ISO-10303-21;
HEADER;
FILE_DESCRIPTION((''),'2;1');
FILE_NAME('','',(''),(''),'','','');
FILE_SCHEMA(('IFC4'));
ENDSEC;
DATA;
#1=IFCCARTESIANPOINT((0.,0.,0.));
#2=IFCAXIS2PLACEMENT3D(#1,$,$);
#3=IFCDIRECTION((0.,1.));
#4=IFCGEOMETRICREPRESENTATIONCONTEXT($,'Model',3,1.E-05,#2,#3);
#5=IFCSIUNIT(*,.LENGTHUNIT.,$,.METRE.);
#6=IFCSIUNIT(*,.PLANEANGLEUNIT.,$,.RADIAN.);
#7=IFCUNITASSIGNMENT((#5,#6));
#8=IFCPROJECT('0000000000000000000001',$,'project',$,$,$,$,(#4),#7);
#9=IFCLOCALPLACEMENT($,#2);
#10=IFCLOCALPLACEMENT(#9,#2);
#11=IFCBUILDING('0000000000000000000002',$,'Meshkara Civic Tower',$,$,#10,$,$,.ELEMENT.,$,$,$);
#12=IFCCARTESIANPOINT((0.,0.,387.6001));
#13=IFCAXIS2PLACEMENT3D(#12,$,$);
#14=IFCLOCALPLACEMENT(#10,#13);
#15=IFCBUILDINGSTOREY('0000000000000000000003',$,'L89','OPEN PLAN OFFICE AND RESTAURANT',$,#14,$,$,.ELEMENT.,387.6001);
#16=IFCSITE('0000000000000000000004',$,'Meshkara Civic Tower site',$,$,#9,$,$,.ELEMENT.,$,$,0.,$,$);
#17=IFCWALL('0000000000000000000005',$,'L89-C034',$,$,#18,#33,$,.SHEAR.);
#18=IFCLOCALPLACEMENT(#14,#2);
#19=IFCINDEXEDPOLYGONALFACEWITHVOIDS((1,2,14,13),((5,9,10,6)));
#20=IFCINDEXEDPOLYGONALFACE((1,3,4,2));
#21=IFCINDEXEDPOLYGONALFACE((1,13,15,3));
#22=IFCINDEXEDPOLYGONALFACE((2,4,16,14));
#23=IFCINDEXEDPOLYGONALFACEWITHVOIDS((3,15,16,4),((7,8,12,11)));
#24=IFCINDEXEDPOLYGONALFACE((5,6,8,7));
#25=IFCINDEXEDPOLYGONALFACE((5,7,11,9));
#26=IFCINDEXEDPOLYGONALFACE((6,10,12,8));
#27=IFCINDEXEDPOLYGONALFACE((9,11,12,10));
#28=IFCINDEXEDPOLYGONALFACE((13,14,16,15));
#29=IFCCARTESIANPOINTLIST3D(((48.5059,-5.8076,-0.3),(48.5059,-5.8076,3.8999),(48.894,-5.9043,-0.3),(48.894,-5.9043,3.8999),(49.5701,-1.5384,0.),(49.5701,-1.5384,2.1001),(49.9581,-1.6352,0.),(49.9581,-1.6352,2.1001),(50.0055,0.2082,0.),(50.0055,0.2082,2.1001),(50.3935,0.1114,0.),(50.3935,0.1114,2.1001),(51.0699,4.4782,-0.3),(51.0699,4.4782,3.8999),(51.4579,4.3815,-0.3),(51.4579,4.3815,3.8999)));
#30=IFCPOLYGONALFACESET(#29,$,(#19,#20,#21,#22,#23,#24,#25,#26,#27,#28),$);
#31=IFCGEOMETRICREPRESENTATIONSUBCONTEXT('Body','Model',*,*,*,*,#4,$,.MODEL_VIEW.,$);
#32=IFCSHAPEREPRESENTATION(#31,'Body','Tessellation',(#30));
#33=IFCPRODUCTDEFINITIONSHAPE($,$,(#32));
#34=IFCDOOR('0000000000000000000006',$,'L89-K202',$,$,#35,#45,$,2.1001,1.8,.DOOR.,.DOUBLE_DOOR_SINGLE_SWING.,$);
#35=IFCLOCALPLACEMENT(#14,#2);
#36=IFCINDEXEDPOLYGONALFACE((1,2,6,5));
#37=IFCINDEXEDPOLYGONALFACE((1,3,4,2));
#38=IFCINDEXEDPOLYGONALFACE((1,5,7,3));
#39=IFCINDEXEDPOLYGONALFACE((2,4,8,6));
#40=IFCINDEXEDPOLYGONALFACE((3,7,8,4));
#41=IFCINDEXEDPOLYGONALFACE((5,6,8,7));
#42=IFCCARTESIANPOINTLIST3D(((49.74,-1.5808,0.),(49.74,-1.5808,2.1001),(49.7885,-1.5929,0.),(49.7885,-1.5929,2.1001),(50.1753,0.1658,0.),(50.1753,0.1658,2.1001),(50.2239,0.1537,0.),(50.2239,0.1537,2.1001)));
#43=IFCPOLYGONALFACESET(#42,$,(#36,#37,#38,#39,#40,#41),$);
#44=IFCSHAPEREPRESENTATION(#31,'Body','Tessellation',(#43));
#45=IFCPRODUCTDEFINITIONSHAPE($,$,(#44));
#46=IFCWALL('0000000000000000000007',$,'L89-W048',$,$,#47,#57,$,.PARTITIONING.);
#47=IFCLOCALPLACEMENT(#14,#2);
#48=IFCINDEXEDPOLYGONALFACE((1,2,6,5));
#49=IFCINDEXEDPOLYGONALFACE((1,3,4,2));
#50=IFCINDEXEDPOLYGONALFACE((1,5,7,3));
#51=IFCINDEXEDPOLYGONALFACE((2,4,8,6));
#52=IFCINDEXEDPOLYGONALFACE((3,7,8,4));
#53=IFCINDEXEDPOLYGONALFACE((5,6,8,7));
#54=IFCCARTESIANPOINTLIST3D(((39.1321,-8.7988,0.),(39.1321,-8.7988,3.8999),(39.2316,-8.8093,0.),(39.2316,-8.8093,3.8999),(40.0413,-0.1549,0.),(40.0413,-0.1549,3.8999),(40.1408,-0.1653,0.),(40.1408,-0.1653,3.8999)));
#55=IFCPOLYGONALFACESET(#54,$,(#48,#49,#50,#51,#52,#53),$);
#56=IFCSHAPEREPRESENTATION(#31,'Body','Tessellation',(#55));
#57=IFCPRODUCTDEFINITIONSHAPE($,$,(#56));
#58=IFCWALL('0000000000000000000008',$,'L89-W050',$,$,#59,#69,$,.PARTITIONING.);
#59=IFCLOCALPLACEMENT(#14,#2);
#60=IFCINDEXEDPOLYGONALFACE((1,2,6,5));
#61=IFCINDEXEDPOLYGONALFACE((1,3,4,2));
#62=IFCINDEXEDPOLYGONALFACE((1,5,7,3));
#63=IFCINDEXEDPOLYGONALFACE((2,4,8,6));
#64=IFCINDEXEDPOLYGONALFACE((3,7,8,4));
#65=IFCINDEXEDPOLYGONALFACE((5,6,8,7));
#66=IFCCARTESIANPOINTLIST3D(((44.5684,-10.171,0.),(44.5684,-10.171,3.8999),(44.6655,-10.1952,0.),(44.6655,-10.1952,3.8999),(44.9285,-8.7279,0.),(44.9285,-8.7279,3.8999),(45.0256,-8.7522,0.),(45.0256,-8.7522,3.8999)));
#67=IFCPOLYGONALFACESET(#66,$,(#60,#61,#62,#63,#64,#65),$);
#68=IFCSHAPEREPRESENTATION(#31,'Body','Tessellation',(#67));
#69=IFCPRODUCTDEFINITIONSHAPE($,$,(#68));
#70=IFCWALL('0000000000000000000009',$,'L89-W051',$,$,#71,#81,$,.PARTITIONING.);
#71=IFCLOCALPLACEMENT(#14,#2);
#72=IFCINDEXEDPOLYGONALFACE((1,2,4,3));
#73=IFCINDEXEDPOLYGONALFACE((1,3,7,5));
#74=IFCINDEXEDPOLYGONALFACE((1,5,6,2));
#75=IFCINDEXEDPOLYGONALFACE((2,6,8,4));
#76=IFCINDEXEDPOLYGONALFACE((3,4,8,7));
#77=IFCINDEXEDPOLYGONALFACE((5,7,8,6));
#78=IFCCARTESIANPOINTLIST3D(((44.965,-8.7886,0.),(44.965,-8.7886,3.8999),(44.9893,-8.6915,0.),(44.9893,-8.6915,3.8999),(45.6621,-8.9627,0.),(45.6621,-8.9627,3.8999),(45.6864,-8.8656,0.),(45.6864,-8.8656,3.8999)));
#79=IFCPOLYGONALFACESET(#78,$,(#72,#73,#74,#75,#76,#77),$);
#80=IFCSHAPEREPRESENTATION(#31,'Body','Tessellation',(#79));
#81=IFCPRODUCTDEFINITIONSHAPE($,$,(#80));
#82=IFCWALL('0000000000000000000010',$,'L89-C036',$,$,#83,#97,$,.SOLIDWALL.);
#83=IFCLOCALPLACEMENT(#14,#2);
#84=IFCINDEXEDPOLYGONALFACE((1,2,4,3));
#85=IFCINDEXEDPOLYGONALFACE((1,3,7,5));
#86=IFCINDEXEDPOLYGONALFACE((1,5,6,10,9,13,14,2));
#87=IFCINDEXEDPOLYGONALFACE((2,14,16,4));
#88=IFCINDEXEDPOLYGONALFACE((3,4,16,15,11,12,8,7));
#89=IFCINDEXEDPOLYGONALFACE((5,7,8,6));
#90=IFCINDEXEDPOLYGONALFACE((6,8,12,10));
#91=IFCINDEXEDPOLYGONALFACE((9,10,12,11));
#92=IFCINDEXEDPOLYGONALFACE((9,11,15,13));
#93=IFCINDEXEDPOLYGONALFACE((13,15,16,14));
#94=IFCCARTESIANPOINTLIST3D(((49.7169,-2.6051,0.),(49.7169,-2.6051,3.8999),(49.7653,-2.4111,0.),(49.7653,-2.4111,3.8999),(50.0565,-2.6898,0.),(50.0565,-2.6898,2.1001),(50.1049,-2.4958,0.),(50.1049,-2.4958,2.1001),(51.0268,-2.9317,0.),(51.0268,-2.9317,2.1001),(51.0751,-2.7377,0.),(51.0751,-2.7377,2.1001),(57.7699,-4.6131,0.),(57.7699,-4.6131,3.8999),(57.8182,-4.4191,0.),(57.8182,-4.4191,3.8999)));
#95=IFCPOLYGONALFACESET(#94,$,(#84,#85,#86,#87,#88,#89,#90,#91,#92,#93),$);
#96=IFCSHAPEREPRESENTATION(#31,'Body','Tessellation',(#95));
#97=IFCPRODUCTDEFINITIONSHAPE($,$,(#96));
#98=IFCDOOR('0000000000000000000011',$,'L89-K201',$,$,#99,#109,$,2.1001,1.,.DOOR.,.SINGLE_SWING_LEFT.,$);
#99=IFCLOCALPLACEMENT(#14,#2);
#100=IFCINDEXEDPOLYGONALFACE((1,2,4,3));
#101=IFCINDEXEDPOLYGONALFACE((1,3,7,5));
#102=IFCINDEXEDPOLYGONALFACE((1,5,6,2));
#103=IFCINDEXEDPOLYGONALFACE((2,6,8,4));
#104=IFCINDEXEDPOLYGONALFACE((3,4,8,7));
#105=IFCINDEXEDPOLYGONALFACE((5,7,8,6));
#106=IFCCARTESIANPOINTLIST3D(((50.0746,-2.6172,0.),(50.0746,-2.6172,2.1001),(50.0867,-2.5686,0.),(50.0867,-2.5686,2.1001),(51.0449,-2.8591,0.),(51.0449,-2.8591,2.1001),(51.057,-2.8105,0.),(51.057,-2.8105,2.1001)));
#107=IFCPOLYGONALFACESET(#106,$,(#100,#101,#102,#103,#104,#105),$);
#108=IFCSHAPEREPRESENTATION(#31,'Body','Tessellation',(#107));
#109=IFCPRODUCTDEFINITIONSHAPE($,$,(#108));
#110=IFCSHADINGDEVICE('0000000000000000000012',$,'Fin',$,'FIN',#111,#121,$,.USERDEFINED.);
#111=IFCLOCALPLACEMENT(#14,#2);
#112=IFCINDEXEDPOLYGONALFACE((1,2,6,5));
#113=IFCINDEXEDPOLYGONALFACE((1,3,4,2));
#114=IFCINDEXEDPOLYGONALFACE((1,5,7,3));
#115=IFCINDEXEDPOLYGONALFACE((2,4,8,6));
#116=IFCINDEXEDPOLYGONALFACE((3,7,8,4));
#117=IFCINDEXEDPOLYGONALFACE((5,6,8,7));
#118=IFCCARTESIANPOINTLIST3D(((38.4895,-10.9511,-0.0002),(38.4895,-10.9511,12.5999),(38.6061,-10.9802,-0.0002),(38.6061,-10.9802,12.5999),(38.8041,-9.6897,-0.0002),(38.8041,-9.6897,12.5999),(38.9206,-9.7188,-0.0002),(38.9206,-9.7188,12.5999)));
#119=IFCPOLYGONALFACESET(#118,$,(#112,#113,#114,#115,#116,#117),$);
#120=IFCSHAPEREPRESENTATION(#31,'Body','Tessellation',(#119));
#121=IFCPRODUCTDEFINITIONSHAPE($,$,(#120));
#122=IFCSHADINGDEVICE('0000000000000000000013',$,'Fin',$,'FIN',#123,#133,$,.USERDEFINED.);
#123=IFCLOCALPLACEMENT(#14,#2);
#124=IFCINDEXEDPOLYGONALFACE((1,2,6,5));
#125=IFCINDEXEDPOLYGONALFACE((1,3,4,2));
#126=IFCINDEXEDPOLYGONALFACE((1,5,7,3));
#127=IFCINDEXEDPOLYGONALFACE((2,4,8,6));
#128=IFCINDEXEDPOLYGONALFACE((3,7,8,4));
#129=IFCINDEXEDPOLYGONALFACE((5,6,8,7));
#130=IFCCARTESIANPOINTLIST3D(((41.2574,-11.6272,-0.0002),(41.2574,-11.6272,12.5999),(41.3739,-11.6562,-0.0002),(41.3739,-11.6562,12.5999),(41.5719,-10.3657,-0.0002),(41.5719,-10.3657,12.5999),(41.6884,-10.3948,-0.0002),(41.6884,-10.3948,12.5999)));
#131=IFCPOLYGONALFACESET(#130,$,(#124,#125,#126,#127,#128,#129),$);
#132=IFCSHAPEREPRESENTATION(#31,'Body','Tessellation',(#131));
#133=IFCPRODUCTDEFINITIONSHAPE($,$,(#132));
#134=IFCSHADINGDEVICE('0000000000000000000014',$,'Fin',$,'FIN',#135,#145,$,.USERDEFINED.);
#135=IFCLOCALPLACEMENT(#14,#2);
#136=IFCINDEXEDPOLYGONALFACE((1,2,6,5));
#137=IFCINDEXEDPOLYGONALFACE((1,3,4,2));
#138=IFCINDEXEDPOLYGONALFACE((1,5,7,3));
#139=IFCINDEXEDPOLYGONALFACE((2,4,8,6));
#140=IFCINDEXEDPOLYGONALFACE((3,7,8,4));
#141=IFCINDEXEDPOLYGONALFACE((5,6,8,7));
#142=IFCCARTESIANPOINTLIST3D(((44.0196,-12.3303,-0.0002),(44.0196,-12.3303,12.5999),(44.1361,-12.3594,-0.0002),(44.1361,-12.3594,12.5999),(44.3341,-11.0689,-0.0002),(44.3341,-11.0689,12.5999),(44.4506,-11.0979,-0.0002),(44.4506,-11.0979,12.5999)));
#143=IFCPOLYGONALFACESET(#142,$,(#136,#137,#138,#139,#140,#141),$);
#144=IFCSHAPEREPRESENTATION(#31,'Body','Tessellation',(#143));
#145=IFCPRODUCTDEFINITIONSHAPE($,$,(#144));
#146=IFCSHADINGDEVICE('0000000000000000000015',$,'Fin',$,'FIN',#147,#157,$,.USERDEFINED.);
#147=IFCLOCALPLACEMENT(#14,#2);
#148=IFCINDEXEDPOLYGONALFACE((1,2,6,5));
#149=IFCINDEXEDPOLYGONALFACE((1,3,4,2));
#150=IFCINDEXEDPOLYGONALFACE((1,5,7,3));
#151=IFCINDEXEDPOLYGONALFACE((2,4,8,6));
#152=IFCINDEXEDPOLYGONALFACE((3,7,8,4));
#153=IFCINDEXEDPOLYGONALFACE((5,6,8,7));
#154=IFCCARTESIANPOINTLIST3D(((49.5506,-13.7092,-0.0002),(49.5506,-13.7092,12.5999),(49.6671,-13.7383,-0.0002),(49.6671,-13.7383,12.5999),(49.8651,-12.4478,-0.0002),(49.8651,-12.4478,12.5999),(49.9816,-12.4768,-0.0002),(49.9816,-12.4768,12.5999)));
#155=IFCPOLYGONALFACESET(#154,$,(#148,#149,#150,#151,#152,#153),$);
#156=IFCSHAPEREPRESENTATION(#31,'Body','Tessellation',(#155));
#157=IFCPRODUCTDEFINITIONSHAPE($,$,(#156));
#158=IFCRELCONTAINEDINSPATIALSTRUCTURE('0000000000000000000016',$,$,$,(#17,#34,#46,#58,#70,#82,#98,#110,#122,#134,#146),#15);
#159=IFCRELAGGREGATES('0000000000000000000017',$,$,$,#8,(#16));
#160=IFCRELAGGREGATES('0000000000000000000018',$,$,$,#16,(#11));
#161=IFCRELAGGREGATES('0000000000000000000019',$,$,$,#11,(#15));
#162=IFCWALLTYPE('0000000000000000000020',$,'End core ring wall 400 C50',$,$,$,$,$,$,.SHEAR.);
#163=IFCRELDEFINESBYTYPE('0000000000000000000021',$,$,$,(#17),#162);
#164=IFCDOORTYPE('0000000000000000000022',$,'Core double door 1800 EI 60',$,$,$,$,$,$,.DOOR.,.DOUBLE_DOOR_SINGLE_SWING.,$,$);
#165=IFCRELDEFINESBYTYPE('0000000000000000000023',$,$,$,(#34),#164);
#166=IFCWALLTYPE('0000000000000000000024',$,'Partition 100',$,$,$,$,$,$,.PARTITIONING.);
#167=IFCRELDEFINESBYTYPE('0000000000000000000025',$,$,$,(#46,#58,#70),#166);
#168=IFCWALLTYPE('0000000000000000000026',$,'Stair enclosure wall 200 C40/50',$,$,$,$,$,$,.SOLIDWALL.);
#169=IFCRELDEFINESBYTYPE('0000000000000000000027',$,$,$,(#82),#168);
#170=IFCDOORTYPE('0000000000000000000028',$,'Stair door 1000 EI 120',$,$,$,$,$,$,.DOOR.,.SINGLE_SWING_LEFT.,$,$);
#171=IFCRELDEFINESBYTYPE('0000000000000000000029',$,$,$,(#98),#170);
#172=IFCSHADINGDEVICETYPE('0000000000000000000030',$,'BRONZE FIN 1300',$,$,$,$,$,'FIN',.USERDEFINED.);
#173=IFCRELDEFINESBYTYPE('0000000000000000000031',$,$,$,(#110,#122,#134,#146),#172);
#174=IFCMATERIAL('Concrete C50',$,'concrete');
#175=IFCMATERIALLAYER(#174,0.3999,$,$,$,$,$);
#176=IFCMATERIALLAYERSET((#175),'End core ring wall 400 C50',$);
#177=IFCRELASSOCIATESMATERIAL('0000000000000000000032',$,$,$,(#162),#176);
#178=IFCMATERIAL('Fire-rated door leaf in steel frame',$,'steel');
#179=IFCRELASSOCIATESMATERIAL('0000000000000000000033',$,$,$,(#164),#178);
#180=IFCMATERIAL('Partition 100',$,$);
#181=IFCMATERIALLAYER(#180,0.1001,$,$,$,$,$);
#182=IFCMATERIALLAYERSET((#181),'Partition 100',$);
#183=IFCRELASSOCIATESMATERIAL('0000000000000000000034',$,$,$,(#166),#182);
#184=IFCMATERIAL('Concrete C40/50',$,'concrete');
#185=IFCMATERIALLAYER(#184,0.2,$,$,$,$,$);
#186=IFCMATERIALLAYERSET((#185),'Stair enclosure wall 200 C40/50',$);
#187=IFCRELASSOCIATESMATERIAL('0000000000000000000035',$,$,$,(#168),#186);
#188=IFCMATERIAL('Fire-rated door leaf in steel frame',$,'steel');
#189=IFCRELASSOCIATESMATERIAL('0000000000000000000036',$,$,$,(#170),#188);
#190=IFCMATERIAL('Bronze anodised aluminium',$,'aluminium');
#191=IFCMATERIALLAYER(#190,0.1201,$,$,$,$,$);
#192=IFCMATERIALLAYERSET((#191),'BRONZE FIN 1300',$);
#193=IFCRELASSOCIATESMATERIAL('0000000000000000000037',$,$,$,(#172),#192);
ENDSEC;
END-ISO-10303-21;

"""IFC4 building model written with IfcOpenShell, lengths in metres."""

from ifc_helpers import new_model, si_unit, direction, frame, frame_2d, origin, origin_2d, place, context, subcontext, project, spatial, rectangle, extrude, material, layer, layer_set, type_object, element, fill, save


model = new_model("IFC4")

# Units and contexts
model_context = context("Model", 3, precision=1e-05, world=origin(), true_north=direction((0.0, 1.0)))
body_context = subcontext(model_context, "Body", "Model", "MODEL_VIEW")
ifc_project = project(units=[si_unit("LENGTHUNIT", "METRE"), si_unit("PLANEANGLEUNIT", "RADIAN")], contexts=[model_context])

# Site, building, storey
site_placement = place(None, origin())
site = spatial("IfcSite", under=ifc_project, at=site_placement, Name="Meshkara Civic Tower site", CompositionType="ELEMENT", RefElevation=0.0)
building_placement = place(site_placement, origin())
building = spatial("IfcBuilding", under=site, at=building_placement, Name="Meshkara Civic Tower", CompositionType="ELEMENT")
storey_placement = place(building_placement, frame((0.0, 0.0, 387.6001)))
storey = spatial("IfcBuildingStorey", under=building, at=storey_placement, Name="L89", Description="OPEN PLAN OFFICE AND RESTAURANT", CompositionType="ELEMENT", Elevation=387.6001)

# Shared definitions
ifc_material_1 = material(Name="Concrete C50", Category="concrete")
ifc_layer_1 = layer(ifc_material_1, 0.3999)
ifc_layer_set_1 = layer_set([ifc_layer_1], Name="End core ring wall 400 C50")
wall_type_1 = type_object("IfcWallType", Name="End core ring wall 400 C50", PredefinedType="SHEAR", material=ifc_layer_set_1)

# Wall, opening, door
wall_1_placement = place(storey_placement, frame((48.7, -5.856, -0.3), z_axis=(0.0, 0.0, 1.0), x_axis=(0.241869, 0.970309, 0.0)))
wall_1 = element("IfcWall", 1, at=wall_1_placement, inside=storey, type_object=wall_type_1, Name="L89-C034", PredefinedType="SHEAR", context=body_context, shape_type="SweptSolid", body=[
    extrude(rectangle(XDim=10.6006, YDim=0.3999, at=frame_2d((5.3003, 0.0))), origin(), (0.0, 0.0, 1.0), 4.2),
])
opening_1_placement = place(wall_1_placement, frame((4.3999, 0.0, 0.3)))
opening_1 = element("IfcOpeningElement", 2, at=opening_1_placement, cuts=wall_1, PredefinedType="OPENING", context=body_context, shape_type="SweptSolid", body=[
    extrude(rectangle(XDim=1.8, YDim=2.1001, at=frame_2d((0.8999, 1.05))), frame((0.0, 0.21, 0.0), z_axis=(0.0, -1.0, 0.0), x_axis=(1.0, 0.0, 0.0)), (0.0, 0.0, 1.0), 0.4199),
])
ifc_material_2 = material(Name="Fire-rated door leaf in steel frame", Category="steel")
door_type_1 = type_object("IfcDoorType", Name="Core double door 1800 EI 60", OperationType="DOUBLE_DOOR_SINGLE_SWING", PredefinedType="DOOR", material=ifc_material_2)
door_1_placement = place(opening_1_placement, origin())
door_1 = element("IfcDoor", 3, at=door_1_placement, inside=storey, type_object=door_type_1, Name="L89-K202", OperationType="DOUBLE_DOOR_SINGLE_SWING", OverallHeight=2.1001, OverallWidth=1.8, PredefinedType="DOOR", context=body_context, shape_type="SweptSolid", body=[
    extrude(rectangle(XDim=1.8, YDim=2.1001, at=frame_2d((0.8999, 1.05))), frame((0.0, 0.0249, 0.0), z_axis=(0.0, -1.0, 0.0), x_axis=(1.0, 0.0, 0.0)), (0.0, 0.0, 1.0), 0.05),
])
fill(opening_1, door_1)

# Walls
ifc_material_3 = material(Name="Partition 100")
ifc_layer_2 = layer(ifc_material_3, 0.1001)
ifc_layer_set_2 = layer_set([ifc_layer_2], Name="Partition 100")
wall_type_2 = type_object("IfcWallType", Name="Partition 100", PredefinedType="PARTITIONING", material=ifc_layer_set_2)
wall_2_placement = place(storey_placement, frame((39.1819, -8.804, 0.0), z_axis=(0.0, 0.0, 1.0), x_axis=(0.104603, 0.994514, 0.0)))
element("IfcWall", 4, at=wall_2_placement, inside=storey, type_object=wall_type_2, Name="L89-W048", PredefinedType="PARTITIONING", context=body_context, shape_type="SweptSolid", body=[
    extrude(rectangle(XDim=8.6917, YDim=0.1001, at=frame_2d((4.3457, 0.0))), origin(), (0.0, 0.0, 1.0), 3.8999),
])
wall_3_placement = place(storey_placement, frame((44.6169, -10.1831, 0.0), z_axis=(0.0, 0.0, 1.0), x_axis=(0.242111, 0.970249, 0.0)))
element("IfcWall", 5, at=wall_3_placement, inside=storey, type_object=wall_type_2, Name="L89-W050", PredefinedType="PARTITIONING", context=body_context, shape_type="SweptSolid", body=[
    extrude(rectangle(XDim=1.4873, YDim=0.1001, at=frame_2d((0.7437, 0.0))), origin(), (0.0, 0.0, 1.0), 3.8999),
])
wall_4_placement = place(storey_placement, frame((44.9771, -8.74, 0.0), z_axis=(0.0, 0.0, 1.0), x_axis=(0.970202, -0.242296, 0.0)))
element("IfcWall", 6, at=wall_4_placement, inside=storey, type_object=wall_type_2, Name="L89-W051", PredefinedType="PARTITIONING", context=body_context, shape_type="SweptSolid", body=[
    extrude(rectangle(XDim=0.7185, YDim=0.1001, at=frame_2d((0.3594, 0.0))), origin(), (0.0, 0.0, 1.0), 3.8999),
])

# Wall, opening, door
ifc_material_4 = material(Name="Concrete C40/50", Category="concrete")
ifc_layer_3 = layer(ifc_material_4, 0.2)
ifc_layer_set_3 = layer_set([ifc_layer_3], Name="Stair enclosure wall 200 C40/50")
wall_type_3 = type_object("IfcWallType", Name="Stair enclosure wall 200 C40/50", PredefinedType="SOLIDWALL", material=ifc_layer_set_3)
wall_5_placement = place(storey_placement, frame((49.741, -2.5081, 0.0), z_axis=(0.0, 0.0, 1.0), x_axis=(0.970289, -0.241947, 0.0)))
wall_5 = element("IfcWall", 7, at=wall_5_placement, inside=storey, type_object=wall_type_3, Name="L89-C036", PredefinedType="SOLIDWALL", context=body_context, shape_type="SweptSolid", body=[
    extrude(rectangle(XDim=8.2996, YDim=0.2, at=frame_2d((4.1499, 0.0))), origin(), (0.0, 0.0, 1.0), 3.8999),
])
opening_2_placement = place(wall_5_placement, frame((0.3501, 0.0, 0.0)))
opening_2 = element("IfcOpeningElement", 8, at=opening_2_placement, cuts=wall_5, PredefinedType="OPENING", context=body_context, shape_type="SweptSolid", body=[
    extrude(rectangle(XDim=1.0, YDim=2.1001, at=frame_2d((0.5, 1.05))), frame((0.0, 0.1099, 0.0), z_axis=(0.0, -1.0, 0.0), x_axis=(1.0, 0.0, 0.0)), (0.0, 0.0, 1.0), 0.22),
])
ifc_material_5 = material(Name="Fire-rated door leaf in steel frame", Category="steel")
door_type_2 = type_object("IfcDoorType", Name="Stair door 1000 EI 120", OperationType="SINGLE_SWING_LEFT", PredefinedType="DOOR", material=ifc_material_5)
door_2_placement = place(opening_2_placement, origin())
door_2 = element("IfcDoor", 9, at=door_2_placement, inside=storey, type_object=door_type_2, Name="L89-K201", OperationType="SINGLE_SWING_LEFT", OverallHeight=2.1001, OverallWidth=1.0, PredefinedType="DOOR", context=body_context, shape_type="SweptSolid", body=[
    extrude(rectangle(XDim=1.0, YDim=2.1001, at=frame_2d((0.5, 1.05))), frame((0.0, 0.0249, 0.0), z_axis=(0.0, -1.0, 0.0), x_axis=(1.0, 0.0, 0.0)), (0.0, 0.0, 1.0), 0.05),
])
fill(opening_2, door_2)

# Shading devices
ifc_material_6 = material(Name="Bronze anodised aluminium", Category="aluminium")
ifc_layer_4 = layer(ifc_material_6, 0.1201)
ifc_layer_set_4 = layer_set([ifc_layer_4], Name="BRONZE FIN 1300")
shading_device_type = type_object("IfcShadingDeviceType", Name="BRONZE FIN 1300", ElementType="FIN", PredefinedType="USERDEFINED", material=ifc_layer_set_4)
for number, where, z_axis, x_axis, name in (
    (10, (38.7051, -10.335, -0.0002), (0.0, 0.0, 1.0), (0.970296, -0.241922, 0.0), "Fin"),
    (11, (41.4729, -11.011, -0.0002), (0.0, 0.0, 1.0), (0.970296, -0.241922, 0.0), "Fin"),
    (12, (44.2351, -11.7141, -0.0002), (0.0, 0.0, 1.0), (0.970296, -0.241922, 0.0), "Fin"),
    (13, (49.7661, -13.093, -0.0002), (0.0, 0.0, 1.0), (0.970296, -0.241922, 0.0), "Fin"),
):
    element("IfcShadingDevice", number, at=place(storey_placement, frame(where, z_axis=z_axis, x_axis=x_axis)), inside=storey, type_object=shading_device_type, Name=name, ObjectType="FIN", PredefinedType="USERDEFINED", context=body_context, shape_type="SweptSolid", body=[
        extrude(rectangle(XDim=0.1201, YDim=1.3, at=origin_2d()), origin(), (0.0, 0.0, 1.0), 12.6001),
    ])

save(model, "model.ifc")
